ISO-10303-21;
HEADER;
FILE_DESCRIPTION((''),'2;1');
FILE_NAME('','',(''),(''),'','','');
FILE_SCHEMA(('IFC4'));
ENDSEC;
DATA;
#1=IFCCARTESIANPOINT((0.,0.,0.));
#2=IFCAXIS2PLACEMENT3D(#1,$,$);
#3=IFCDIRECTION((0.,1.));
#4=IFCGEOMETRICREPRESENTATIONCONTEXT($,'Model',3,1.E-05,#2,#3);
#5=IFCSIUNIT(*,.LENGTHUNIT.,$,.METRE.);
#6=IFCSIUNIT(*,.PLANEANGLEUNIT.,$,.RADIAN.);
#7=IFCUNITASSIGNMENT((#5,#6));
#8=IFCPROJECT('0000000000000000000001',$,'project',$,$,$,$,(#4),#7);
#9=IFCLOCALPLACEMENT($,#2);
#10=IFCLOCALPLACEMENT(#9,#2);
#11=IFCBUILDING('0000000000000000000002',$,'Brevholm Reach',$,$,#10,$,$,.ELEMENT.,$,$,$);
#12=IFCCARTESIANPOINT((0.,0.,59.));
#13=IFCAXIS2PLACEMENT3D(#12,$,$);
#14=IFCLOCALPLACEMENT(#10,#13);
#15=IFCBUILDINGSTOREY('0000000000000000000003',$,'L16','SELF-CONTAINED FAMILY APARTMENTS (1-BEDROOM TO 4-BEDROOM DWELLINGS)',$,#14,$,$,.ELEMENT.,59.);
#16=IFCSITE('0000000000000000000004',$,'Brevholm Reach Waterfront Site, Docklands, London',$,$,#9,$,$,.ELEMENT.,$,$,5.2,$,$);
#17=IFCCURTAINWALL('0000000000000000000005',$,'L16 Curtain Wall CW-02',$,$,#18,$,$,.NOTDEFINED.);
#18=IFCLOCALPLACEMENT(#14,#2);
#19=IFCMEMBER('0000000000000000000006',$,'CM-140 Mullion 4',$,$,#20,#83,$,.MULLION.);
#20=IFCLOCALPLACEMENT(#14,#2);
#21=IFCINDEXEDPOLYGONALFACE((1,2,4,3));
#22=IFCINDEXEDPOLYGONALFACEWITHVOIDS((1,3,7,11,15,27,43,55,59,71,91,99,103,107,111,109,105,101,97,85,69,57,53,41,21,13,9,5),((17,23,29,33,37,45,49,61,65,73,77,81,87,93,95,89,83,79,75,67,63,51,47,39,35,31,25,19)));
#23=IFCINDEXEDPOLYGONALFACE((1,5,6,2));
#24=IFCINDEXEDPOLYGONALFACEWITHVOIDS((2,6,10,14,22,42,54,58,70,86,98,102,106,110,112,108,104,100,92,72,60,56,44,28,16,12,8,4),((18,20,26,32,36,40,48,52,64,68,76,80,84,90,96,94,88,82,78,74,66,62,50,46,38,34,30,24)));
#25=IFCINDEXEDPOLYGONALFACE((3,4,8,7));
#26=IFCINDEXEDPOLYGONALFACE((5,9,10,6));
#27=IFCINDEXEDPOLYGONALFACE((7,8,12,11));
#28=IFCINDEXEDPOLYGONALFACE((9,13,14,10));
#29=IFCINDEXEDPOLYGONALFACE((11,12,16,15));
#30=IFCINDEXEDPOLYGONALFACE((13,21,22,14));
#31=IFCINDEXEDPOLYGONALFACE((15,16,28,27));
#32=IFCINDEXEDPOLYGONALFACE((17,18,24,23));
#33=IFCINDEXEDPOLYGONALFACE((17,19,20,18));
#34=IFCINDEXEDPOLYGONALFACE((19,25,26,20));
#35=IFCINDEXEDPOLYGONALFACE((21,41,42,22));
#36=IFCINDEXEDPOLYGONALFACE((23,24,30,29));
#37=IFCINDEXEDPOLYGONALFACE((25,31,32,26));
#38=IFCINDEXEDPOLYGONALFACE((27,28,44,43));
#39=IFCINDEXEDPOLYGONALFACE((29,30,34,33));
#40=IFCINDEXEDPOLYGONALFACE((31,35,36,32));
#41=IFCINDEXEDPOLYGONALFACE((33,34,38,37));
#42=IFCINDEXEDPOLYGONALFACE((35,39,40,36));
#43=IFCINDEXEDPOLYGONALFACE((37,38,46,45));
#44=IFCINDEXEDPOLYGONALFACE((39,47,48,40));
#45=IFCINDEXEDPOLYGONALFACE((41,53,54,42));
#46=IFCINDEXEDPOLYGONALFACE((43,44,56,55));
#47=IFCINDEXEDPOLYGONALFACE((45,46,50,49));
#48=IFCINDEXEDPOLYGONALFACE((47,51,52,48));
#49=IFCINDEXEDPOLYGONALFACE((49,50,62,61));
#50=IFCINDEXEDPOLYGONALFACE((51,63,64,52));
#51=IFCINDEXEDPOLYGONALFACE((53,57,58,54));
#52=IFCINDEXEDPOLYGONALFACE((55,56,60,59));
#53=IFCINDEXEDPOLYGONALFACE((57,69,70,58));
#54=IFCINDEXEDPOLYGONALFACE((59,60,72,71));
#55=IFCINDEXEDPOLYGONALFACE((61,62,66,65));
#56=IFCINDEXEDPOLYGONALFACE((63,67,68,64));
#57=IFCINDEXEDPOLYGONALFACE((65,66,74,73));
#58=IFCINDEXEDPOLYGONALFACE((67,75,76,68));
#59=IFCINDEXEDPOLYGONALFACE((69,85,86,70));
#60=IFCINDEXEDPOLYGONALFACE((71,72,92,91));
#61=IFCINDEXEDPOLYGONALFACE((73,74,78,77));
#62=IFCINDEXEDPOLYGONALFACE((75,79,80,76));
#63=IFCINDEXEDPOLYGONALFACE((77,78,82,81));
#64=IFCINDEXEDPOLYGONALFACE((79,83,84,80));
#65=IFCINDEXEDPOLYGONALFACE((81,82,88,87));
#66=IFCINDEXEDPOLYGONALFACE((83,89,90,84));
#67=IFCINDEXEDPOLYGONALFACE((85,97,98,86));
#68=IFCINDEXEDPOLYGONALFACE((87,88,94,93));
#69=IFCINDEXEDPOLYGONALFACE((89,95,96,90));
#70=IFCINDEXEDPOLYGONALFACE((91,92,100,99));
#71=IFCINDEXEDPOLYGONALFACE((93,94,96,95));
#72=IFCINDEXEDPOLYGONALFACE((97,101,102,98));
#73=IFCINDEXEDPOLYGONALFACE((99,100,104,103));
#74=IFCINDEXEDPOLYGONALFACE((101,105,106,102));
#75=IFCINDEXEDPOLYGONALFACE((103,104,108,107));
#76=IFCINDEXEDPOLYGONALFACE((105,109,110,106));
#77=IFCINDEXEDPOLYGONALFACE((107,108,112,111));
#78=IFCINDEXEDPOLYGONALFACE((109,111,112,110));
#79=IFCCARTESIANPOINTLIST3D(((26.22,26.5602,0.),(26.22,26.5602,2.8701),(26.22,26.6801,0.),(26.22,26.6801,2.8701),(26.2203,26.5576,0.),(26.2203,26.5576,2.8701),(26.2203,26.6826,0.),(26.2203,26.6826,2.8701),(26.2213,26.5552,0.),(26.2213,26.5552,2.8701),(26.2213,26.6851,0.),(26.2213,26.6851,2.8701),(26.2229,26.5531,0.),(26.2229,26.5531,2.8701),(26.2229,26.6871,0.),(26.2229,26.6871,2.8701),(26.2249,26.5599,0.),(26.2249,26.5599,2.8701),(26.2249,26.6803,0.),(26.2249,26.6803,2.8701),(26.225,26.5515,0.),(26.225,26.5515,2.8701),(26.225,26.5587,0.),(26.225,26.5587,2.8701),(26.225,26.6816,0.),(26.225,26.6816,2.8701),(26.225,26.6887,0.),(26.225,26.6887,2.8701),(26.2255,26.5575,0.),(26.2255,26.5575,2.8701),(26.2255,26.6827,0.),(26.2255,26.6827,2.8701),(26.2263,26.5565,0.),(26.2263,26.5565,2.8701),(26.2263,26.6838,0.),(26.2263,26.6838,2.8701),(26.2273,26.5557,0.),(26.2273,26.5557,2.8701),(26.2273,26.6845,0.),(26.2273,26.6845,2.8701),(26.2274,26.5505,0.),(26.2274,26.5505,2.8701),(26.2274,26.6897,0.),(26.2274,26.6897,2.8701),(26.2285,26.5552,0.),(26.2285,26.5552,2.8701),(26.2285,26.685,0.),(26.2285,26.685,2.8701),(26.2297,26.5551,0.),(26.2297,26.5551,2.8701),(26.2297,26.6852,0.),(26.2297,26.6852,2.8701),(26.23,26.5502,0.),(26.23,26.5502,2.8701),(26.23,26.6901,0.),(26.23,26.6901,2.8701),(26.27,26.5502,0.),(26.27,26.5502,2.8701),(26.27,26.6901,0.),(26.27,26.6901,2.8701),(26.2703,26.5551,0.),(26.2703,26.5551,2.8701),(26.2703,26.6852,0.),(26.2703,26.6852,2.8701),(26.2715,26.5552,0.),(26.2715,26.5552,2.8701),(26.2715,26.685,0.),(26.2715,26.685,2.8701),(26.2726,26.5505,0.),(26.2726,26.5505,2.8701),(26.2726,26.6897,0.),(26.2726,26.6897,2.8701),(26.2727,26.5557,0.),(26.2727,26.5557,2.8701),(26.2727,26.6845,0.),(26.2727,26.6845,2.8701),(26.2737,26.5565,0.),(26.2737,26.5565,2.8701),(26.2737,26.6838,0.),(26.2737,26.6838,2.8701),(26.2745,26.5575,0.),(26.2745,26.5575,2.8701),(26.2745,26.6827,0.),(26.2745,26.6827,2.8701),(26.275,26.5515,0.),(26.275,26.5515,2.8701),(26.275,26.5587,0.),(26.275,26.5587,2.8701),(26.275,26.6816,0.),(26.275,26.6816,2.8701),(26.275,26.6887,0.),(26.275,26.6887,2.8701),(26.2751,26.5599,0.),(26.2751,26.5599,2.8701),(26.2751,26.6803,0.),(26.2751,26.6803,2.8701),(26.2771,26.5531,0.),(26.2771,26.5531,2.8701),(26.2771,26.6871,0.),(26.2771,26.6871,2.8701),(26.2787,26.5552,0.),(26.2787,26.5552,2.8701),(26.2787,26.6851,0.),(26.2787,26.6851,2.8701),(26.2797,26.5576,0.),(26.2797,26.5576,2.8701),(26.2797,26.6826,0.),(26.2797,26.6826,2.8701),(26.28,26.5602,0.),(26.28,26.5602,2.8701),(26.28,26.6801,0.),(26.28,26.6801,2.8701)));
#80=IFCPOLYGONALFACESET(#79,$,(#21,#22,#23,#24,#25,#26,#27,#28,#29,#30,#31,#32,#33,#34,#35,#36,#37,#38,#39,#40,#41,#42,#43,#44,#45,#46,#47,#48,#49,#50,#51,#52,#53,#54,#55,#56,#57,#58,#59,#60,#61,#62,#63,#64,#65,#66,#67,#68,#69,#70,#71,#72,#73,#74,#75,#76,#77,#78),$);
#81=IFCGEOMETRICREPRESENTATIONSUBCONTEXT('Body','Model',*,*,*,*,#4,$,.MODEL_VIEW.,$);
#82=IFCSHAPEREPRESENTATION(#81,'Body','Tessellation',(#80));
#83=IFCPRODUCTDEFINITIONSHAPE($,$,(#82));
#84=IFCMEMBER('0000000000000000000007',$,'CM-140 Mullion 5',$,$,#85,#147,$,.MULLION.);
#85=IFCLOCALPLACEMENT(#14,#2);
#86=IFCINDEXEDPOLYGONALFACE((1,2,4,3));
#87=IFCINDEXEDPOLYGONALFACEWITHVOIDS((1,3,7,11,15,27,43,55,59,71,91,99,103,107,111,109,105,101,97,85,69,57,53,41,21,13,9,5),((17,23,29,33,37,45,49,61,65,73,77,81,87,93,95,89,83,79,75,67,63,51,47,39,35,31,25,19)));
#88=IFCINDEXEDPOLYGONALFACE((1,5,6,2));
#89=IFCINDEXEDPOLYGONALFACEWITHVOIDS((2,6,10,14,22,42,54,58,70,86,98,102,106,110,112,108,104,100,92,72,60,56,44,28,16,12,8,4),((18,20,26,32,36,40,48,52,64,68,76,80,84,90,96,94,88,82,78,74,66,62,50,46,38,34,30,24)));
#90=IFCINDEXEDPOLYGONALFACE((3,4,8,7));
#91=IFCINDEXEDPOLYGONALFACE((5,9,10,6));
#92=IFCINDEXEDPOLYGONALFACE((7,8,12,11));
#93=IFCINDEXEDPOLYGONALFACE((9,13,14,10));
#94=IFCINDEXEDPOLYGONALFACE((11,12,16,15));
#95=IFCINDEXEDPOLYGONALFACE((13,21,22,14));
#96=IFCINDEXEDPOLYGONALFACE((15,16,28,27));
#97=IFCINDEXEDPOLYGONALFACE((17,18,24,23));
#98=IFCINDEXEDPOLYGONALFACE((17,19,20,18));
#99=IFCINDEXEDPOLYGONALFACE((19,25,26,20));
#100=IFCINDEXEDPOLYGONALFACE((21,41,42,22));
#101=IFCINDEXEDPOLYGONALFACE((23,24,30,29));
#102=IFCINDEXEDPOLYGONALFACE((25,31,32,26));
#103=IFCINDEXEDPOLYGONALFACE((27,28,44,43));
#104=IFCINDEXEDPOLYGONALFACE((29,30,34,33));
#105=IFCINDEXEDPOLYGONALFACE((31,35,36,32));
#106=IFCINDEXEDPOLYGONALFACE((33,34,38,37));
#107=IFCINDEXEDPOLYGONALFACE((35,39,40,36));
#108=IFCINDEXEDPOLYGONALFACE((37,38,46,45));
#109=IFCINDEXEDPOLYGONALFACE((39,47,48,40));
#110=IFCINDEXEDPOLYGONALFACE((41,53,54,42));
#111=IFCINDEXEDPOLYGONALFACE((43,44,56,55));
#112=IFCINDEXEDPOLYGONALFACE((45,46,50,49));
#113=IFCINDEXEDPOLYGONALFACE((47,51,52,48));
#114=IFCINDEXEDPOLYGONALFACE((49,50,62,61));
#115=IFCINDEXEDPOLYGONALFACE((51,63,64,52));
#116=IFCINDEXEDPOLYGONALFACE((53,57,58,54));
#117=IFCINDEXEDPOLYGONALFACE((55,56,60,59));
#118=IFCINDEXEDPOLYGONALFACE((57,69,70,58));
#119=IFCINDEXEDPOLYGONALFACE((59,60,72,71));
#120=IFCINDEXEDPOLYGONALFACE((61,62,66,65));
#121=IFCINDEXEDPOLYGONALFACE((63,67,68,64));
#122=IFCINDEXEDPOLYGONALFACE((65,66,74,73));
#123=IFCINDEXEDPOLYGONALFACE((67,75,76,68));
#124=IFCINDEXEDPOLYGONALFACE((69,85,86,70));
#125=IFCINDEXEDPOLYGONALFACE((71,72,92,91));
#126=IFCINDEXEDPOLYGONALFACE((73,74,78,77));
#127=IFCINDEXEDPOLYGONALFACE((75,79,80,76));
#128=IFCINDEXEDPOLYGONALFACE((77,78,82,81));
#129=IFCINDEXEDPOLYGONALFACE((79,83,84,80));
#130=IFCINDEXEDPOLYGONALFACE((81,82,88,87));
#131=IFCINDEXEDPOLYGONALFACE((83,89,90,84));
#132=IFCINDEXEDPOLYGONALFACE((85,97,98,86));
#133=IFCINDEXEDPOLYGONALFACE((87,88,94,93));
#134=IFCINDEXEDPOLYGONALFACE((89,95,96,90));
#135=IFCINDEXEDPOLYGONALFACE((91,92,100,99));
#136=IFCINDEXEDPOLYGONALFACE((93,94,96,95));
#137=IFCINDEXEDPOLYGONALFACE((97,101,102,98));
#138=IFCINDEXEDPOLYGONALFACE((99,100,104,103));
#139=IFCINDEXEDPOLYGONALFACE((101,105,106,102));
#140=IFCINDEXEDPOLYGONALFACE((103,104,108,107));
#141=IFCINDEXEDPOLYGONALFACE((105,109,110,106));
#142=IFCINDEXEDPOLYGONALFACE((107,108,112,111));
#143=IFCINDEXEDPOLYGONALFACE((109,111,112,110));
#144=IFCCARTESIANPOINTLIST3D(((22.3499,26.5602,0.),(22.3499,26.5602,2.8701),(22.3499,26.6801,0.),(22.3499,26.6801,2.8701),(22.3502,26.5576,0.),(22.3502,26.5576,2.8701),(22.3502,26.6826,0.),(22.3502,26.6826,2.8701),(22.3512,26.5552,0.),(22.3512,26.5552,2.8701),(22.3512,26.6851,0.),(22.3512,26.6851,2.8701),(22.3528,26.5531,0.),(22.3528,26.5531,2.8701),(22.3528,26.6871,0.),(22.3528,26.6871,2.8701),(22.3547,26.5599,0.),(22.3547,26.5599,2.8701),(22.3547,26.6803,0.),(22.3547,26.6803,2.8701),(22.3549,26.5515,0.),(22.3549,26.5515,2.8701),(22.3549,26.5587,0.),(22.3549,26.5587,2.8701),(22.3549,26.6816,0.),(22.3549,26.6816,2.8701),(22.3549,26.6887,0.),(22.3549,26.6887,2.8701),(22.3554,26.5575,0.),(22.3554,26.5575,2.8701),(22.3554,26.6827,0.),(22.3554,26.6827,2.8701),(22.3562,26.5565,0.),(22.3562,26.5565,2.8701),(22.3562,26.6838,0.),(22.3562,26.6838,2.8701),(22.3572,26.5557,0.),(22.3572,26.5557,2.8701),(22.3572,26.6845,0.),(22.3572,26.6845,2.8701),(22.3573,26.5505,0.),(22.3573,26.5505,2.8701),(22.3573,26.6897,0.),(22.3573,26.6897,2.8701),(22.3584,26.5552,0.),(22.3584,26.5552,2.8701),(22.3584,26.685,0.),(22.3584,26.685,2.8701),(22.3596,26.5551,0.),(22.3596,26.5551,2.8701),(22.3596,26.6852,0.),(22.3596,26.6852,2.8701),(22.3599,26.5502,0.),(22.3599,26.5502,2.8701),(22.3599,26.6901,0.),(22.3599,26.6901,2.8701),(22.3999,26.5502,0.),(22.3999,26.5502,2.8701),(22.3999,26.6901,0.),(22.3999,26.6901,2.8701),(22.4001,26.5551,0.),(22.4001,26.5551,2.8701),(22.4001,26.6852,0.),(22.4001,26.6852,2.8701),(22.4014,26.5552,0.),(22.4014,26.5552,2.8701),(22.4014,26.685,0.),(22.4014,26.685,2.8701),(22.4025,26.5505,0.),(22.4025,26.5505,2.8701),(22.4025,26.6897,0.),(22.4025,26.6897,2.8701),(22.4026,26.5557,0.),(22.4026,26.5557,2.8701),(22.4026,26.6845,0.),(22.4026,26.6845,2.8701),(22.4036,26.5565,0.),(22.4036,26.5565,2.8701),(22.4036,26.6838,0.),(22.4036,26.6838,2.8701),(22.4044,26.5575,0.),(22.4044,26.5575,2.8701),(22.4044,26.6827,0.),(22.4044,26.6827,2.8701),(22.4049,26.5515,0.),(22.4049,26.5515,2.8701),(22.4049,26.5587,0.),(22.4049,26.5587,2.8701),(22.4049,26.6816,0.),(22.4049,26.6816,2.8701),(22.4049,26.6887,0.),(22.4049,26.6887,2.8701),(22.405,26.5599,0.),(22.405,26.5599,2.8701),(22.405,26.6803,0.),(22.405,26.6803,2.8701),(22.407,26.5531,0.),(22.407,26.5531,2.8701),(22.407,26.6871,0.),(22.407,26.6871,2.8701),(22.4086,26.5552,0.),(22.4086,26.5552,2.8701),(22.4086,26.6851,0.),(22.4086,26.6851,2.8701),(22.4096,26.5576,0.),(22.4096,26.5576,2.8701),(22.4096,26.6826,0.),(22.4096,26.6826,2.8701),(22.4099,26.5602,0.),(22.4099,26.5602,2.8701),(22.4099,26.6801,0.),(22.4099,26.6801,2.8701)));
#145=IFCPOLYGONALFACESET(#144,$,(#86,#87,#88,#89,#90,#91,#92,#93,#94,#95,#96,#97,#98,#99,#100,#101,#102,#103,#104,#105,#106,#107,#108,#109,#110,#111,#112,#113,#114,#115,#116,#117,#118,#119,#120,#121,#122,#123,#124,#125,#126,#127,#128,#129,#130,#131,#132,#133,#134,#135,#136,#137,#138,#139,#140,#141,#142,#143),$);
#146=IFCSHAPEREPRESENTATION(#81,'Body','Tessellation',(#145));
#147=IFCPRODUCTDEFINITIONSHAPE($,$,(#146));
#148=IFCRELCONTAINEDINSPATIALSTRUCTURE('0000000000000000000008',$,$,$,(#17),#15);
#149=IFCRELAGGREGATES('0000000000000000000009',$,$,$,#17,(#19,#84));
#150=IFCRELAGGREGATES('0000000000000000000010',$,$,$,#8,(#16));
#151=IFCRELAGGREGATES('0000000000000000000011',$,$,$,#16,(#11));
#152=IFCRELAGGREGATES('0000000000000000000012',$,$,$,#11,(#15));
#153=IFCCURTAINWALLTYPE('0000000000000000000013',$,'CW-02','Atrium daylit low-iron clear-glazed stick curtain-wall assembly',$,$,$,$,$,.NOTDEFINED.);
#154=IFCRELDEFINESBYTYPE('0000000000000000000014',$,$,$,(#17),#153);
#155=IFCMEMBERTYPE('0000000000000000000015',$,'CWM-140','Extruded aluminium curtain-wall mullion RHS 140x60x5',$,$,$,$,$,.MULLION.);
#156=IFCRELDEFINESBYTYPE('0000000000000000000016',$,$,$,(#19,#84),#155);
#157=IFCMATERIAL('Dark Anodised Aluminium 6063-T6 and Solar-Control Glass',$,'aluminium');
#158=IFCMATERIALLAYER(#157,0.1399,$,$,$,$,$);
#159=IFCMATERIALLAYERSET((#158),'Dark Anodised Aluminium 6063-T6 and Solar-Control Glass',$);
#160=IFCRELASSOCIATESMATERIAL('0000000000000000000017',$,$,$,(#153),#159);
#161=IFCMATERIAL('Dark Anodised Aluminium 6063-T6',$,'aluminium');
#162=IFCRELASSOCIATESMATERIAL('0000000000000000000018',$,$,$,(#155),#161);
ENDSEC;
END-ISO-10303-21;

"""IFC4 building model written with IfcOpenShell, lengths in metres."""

from ifc_helpers import new_model, si_unit, direction, frame, origin, origin_2d, place, context, subcontext, project, spatial, hollow_rectangle, extrude, material, layer, layer_set, material_profile, profile_set, type_object, element, aggregate, save


model = new_model("IFC4")

# Units and contexts
model_context = context("Model", 3, precision=1e-05, world=origin(), true_north=direction((0.0, 1.0)))
body_context = subcontext(model_context, "Body", "Model", "MODEL_VIEW")
ifc_project = project(units=[si_unit("LENGTHUNIT", "METRE"), si_unit("PLANEANGLEUNIT", "RADIAN")], contexts=[model_context])

# Site, building, storey
site_placement = place(None, origin())
site = spatial("IfcSite", under=ifc_project, at=site_placement, Name="Brevholm Reach Waterfront Site, Docklands, London", CompositionType="ELEMENT", RefElevation=5.2)
building_placement = place(site_placement, origin())
building = spatial("IfcBuilding", under=site, at=building_placement, Name="Brevholm Reach", CompositionType="ELEMENT")
storey_placement = place(building_placement, frame((0.0, 0.0, 59.0)))
storey = spatial("IfcBuildingStorey", under=building, at=storey_placement, Name="L16", Description="SELF-CONTAINED FAMILY APARTMENTS (1-BEDROOM TO 4-BEDROOM DWELLINGS)", CompositionType="ELEMENT", Elevation=59.0)

# Curtain wall, members
ifc_material_1 = material(Name="Dark Anodised Aluminium 6063-T6 and Solar-Control Glass", Category="aluminium")
ifc_layer_1 = layer(ifc_material_1, 0.1399)
ifc_layer_set_1 = layer_set([ifc_layer_1], Name="Dark Anodised Aluminium 6063-T6 and Solar-Control Glass")
curtain_wall_type_1 = type_object("IfcCurtainWallType", Name="CW-02", Description="Atrium daylit low-iron clear-glazed stick curtain-wall assembly", PredefinedType="NOTDEFINED", material=ifc_layer_set_1)
curtain_wall_1_placement = place(storey_placement, origin())
curtain_wall_1 = element("IfcCurtainWall", 1, at=curtain_wall_1_placement, inside=storey, type_object=curtain_wall_type_1, Name="L16 Curtain Wall CW-02", PredefinedType="NOTDEFINED")
ifc_material_2 = material(Name="Dark Anodised Aluminium 6063-T6", Category="aluminium")
ifc_material_profile_1 = material_profile(ifc_material_2, hollow_rectangle(XDim=0.0601, YDim=0.1399, WallThickness=0.0049, InnerFilletRadius=0.0049, OuterFilletRadius=0.01, at=origin_2d()), Name="RHS 140x60x5")
ifc_profile_set_1 = profile_set([ifc_material_profile_1], Name="Dark Anodised Aluminium 6063-T6")
member_type_1 = type_object("IfcMemberType", Name="CWM-140", Description="Extruded aluminium curtain-wall mullion RHS 140x60x5", PredefinedType="MULLION", material=ifc_profile_set_1)
member_1_placement = place(storey_placement, frame((26.25, 26.6201, 0.0), z_axis=(0.0, 0.0, 1.0), x_axis=(-1.0, 0.0, 0.0)))
member_1 = element("IfcMember", 2, at=member_1_placement, type_object=member_type_1, Name="CM-140 Mullion 4", PredefinedType="MULLION", context=body_context, shape_type="SweptSolid", body=[
    extrude(hollow_rectangle(XDim=0.0601, YDim=0.1399, WallThickness=0.0049, InnerFilletRadius=0.0049, OuterFilletRadius=0.01, at=origin_2d()), origin(), (0.0, 0.0, 1.0), 2.8701),
])
member_2_placement = place(storey_placement, frame((22.3799, 26.6201, 0.0), z_axis=(0.0, 0.0, 1.0), x_axis=(-1.0, 0.0, 0.0)))
member_2 = element("IfcMember", 3, at=member_2_placement, type_object=member_type_1, Name="CM-140 Mullion 5", PredefinedType="MULLION", context=body_context, shape_type="SweptSolid", body=[
    extrude(hollow_rectangle(XDim=0.0601, YDim=0.1399, WallThickness=0.0049, InnerFilletRadius=0.0049, OuterFilletRadius=0.01, at=origin_2d()), origin(), (0.0, 0.0, 1.0), 2.8701),
])

aggregate(curtain_wall_1, [member_1, member_2])

save(model, "model.ifc")
